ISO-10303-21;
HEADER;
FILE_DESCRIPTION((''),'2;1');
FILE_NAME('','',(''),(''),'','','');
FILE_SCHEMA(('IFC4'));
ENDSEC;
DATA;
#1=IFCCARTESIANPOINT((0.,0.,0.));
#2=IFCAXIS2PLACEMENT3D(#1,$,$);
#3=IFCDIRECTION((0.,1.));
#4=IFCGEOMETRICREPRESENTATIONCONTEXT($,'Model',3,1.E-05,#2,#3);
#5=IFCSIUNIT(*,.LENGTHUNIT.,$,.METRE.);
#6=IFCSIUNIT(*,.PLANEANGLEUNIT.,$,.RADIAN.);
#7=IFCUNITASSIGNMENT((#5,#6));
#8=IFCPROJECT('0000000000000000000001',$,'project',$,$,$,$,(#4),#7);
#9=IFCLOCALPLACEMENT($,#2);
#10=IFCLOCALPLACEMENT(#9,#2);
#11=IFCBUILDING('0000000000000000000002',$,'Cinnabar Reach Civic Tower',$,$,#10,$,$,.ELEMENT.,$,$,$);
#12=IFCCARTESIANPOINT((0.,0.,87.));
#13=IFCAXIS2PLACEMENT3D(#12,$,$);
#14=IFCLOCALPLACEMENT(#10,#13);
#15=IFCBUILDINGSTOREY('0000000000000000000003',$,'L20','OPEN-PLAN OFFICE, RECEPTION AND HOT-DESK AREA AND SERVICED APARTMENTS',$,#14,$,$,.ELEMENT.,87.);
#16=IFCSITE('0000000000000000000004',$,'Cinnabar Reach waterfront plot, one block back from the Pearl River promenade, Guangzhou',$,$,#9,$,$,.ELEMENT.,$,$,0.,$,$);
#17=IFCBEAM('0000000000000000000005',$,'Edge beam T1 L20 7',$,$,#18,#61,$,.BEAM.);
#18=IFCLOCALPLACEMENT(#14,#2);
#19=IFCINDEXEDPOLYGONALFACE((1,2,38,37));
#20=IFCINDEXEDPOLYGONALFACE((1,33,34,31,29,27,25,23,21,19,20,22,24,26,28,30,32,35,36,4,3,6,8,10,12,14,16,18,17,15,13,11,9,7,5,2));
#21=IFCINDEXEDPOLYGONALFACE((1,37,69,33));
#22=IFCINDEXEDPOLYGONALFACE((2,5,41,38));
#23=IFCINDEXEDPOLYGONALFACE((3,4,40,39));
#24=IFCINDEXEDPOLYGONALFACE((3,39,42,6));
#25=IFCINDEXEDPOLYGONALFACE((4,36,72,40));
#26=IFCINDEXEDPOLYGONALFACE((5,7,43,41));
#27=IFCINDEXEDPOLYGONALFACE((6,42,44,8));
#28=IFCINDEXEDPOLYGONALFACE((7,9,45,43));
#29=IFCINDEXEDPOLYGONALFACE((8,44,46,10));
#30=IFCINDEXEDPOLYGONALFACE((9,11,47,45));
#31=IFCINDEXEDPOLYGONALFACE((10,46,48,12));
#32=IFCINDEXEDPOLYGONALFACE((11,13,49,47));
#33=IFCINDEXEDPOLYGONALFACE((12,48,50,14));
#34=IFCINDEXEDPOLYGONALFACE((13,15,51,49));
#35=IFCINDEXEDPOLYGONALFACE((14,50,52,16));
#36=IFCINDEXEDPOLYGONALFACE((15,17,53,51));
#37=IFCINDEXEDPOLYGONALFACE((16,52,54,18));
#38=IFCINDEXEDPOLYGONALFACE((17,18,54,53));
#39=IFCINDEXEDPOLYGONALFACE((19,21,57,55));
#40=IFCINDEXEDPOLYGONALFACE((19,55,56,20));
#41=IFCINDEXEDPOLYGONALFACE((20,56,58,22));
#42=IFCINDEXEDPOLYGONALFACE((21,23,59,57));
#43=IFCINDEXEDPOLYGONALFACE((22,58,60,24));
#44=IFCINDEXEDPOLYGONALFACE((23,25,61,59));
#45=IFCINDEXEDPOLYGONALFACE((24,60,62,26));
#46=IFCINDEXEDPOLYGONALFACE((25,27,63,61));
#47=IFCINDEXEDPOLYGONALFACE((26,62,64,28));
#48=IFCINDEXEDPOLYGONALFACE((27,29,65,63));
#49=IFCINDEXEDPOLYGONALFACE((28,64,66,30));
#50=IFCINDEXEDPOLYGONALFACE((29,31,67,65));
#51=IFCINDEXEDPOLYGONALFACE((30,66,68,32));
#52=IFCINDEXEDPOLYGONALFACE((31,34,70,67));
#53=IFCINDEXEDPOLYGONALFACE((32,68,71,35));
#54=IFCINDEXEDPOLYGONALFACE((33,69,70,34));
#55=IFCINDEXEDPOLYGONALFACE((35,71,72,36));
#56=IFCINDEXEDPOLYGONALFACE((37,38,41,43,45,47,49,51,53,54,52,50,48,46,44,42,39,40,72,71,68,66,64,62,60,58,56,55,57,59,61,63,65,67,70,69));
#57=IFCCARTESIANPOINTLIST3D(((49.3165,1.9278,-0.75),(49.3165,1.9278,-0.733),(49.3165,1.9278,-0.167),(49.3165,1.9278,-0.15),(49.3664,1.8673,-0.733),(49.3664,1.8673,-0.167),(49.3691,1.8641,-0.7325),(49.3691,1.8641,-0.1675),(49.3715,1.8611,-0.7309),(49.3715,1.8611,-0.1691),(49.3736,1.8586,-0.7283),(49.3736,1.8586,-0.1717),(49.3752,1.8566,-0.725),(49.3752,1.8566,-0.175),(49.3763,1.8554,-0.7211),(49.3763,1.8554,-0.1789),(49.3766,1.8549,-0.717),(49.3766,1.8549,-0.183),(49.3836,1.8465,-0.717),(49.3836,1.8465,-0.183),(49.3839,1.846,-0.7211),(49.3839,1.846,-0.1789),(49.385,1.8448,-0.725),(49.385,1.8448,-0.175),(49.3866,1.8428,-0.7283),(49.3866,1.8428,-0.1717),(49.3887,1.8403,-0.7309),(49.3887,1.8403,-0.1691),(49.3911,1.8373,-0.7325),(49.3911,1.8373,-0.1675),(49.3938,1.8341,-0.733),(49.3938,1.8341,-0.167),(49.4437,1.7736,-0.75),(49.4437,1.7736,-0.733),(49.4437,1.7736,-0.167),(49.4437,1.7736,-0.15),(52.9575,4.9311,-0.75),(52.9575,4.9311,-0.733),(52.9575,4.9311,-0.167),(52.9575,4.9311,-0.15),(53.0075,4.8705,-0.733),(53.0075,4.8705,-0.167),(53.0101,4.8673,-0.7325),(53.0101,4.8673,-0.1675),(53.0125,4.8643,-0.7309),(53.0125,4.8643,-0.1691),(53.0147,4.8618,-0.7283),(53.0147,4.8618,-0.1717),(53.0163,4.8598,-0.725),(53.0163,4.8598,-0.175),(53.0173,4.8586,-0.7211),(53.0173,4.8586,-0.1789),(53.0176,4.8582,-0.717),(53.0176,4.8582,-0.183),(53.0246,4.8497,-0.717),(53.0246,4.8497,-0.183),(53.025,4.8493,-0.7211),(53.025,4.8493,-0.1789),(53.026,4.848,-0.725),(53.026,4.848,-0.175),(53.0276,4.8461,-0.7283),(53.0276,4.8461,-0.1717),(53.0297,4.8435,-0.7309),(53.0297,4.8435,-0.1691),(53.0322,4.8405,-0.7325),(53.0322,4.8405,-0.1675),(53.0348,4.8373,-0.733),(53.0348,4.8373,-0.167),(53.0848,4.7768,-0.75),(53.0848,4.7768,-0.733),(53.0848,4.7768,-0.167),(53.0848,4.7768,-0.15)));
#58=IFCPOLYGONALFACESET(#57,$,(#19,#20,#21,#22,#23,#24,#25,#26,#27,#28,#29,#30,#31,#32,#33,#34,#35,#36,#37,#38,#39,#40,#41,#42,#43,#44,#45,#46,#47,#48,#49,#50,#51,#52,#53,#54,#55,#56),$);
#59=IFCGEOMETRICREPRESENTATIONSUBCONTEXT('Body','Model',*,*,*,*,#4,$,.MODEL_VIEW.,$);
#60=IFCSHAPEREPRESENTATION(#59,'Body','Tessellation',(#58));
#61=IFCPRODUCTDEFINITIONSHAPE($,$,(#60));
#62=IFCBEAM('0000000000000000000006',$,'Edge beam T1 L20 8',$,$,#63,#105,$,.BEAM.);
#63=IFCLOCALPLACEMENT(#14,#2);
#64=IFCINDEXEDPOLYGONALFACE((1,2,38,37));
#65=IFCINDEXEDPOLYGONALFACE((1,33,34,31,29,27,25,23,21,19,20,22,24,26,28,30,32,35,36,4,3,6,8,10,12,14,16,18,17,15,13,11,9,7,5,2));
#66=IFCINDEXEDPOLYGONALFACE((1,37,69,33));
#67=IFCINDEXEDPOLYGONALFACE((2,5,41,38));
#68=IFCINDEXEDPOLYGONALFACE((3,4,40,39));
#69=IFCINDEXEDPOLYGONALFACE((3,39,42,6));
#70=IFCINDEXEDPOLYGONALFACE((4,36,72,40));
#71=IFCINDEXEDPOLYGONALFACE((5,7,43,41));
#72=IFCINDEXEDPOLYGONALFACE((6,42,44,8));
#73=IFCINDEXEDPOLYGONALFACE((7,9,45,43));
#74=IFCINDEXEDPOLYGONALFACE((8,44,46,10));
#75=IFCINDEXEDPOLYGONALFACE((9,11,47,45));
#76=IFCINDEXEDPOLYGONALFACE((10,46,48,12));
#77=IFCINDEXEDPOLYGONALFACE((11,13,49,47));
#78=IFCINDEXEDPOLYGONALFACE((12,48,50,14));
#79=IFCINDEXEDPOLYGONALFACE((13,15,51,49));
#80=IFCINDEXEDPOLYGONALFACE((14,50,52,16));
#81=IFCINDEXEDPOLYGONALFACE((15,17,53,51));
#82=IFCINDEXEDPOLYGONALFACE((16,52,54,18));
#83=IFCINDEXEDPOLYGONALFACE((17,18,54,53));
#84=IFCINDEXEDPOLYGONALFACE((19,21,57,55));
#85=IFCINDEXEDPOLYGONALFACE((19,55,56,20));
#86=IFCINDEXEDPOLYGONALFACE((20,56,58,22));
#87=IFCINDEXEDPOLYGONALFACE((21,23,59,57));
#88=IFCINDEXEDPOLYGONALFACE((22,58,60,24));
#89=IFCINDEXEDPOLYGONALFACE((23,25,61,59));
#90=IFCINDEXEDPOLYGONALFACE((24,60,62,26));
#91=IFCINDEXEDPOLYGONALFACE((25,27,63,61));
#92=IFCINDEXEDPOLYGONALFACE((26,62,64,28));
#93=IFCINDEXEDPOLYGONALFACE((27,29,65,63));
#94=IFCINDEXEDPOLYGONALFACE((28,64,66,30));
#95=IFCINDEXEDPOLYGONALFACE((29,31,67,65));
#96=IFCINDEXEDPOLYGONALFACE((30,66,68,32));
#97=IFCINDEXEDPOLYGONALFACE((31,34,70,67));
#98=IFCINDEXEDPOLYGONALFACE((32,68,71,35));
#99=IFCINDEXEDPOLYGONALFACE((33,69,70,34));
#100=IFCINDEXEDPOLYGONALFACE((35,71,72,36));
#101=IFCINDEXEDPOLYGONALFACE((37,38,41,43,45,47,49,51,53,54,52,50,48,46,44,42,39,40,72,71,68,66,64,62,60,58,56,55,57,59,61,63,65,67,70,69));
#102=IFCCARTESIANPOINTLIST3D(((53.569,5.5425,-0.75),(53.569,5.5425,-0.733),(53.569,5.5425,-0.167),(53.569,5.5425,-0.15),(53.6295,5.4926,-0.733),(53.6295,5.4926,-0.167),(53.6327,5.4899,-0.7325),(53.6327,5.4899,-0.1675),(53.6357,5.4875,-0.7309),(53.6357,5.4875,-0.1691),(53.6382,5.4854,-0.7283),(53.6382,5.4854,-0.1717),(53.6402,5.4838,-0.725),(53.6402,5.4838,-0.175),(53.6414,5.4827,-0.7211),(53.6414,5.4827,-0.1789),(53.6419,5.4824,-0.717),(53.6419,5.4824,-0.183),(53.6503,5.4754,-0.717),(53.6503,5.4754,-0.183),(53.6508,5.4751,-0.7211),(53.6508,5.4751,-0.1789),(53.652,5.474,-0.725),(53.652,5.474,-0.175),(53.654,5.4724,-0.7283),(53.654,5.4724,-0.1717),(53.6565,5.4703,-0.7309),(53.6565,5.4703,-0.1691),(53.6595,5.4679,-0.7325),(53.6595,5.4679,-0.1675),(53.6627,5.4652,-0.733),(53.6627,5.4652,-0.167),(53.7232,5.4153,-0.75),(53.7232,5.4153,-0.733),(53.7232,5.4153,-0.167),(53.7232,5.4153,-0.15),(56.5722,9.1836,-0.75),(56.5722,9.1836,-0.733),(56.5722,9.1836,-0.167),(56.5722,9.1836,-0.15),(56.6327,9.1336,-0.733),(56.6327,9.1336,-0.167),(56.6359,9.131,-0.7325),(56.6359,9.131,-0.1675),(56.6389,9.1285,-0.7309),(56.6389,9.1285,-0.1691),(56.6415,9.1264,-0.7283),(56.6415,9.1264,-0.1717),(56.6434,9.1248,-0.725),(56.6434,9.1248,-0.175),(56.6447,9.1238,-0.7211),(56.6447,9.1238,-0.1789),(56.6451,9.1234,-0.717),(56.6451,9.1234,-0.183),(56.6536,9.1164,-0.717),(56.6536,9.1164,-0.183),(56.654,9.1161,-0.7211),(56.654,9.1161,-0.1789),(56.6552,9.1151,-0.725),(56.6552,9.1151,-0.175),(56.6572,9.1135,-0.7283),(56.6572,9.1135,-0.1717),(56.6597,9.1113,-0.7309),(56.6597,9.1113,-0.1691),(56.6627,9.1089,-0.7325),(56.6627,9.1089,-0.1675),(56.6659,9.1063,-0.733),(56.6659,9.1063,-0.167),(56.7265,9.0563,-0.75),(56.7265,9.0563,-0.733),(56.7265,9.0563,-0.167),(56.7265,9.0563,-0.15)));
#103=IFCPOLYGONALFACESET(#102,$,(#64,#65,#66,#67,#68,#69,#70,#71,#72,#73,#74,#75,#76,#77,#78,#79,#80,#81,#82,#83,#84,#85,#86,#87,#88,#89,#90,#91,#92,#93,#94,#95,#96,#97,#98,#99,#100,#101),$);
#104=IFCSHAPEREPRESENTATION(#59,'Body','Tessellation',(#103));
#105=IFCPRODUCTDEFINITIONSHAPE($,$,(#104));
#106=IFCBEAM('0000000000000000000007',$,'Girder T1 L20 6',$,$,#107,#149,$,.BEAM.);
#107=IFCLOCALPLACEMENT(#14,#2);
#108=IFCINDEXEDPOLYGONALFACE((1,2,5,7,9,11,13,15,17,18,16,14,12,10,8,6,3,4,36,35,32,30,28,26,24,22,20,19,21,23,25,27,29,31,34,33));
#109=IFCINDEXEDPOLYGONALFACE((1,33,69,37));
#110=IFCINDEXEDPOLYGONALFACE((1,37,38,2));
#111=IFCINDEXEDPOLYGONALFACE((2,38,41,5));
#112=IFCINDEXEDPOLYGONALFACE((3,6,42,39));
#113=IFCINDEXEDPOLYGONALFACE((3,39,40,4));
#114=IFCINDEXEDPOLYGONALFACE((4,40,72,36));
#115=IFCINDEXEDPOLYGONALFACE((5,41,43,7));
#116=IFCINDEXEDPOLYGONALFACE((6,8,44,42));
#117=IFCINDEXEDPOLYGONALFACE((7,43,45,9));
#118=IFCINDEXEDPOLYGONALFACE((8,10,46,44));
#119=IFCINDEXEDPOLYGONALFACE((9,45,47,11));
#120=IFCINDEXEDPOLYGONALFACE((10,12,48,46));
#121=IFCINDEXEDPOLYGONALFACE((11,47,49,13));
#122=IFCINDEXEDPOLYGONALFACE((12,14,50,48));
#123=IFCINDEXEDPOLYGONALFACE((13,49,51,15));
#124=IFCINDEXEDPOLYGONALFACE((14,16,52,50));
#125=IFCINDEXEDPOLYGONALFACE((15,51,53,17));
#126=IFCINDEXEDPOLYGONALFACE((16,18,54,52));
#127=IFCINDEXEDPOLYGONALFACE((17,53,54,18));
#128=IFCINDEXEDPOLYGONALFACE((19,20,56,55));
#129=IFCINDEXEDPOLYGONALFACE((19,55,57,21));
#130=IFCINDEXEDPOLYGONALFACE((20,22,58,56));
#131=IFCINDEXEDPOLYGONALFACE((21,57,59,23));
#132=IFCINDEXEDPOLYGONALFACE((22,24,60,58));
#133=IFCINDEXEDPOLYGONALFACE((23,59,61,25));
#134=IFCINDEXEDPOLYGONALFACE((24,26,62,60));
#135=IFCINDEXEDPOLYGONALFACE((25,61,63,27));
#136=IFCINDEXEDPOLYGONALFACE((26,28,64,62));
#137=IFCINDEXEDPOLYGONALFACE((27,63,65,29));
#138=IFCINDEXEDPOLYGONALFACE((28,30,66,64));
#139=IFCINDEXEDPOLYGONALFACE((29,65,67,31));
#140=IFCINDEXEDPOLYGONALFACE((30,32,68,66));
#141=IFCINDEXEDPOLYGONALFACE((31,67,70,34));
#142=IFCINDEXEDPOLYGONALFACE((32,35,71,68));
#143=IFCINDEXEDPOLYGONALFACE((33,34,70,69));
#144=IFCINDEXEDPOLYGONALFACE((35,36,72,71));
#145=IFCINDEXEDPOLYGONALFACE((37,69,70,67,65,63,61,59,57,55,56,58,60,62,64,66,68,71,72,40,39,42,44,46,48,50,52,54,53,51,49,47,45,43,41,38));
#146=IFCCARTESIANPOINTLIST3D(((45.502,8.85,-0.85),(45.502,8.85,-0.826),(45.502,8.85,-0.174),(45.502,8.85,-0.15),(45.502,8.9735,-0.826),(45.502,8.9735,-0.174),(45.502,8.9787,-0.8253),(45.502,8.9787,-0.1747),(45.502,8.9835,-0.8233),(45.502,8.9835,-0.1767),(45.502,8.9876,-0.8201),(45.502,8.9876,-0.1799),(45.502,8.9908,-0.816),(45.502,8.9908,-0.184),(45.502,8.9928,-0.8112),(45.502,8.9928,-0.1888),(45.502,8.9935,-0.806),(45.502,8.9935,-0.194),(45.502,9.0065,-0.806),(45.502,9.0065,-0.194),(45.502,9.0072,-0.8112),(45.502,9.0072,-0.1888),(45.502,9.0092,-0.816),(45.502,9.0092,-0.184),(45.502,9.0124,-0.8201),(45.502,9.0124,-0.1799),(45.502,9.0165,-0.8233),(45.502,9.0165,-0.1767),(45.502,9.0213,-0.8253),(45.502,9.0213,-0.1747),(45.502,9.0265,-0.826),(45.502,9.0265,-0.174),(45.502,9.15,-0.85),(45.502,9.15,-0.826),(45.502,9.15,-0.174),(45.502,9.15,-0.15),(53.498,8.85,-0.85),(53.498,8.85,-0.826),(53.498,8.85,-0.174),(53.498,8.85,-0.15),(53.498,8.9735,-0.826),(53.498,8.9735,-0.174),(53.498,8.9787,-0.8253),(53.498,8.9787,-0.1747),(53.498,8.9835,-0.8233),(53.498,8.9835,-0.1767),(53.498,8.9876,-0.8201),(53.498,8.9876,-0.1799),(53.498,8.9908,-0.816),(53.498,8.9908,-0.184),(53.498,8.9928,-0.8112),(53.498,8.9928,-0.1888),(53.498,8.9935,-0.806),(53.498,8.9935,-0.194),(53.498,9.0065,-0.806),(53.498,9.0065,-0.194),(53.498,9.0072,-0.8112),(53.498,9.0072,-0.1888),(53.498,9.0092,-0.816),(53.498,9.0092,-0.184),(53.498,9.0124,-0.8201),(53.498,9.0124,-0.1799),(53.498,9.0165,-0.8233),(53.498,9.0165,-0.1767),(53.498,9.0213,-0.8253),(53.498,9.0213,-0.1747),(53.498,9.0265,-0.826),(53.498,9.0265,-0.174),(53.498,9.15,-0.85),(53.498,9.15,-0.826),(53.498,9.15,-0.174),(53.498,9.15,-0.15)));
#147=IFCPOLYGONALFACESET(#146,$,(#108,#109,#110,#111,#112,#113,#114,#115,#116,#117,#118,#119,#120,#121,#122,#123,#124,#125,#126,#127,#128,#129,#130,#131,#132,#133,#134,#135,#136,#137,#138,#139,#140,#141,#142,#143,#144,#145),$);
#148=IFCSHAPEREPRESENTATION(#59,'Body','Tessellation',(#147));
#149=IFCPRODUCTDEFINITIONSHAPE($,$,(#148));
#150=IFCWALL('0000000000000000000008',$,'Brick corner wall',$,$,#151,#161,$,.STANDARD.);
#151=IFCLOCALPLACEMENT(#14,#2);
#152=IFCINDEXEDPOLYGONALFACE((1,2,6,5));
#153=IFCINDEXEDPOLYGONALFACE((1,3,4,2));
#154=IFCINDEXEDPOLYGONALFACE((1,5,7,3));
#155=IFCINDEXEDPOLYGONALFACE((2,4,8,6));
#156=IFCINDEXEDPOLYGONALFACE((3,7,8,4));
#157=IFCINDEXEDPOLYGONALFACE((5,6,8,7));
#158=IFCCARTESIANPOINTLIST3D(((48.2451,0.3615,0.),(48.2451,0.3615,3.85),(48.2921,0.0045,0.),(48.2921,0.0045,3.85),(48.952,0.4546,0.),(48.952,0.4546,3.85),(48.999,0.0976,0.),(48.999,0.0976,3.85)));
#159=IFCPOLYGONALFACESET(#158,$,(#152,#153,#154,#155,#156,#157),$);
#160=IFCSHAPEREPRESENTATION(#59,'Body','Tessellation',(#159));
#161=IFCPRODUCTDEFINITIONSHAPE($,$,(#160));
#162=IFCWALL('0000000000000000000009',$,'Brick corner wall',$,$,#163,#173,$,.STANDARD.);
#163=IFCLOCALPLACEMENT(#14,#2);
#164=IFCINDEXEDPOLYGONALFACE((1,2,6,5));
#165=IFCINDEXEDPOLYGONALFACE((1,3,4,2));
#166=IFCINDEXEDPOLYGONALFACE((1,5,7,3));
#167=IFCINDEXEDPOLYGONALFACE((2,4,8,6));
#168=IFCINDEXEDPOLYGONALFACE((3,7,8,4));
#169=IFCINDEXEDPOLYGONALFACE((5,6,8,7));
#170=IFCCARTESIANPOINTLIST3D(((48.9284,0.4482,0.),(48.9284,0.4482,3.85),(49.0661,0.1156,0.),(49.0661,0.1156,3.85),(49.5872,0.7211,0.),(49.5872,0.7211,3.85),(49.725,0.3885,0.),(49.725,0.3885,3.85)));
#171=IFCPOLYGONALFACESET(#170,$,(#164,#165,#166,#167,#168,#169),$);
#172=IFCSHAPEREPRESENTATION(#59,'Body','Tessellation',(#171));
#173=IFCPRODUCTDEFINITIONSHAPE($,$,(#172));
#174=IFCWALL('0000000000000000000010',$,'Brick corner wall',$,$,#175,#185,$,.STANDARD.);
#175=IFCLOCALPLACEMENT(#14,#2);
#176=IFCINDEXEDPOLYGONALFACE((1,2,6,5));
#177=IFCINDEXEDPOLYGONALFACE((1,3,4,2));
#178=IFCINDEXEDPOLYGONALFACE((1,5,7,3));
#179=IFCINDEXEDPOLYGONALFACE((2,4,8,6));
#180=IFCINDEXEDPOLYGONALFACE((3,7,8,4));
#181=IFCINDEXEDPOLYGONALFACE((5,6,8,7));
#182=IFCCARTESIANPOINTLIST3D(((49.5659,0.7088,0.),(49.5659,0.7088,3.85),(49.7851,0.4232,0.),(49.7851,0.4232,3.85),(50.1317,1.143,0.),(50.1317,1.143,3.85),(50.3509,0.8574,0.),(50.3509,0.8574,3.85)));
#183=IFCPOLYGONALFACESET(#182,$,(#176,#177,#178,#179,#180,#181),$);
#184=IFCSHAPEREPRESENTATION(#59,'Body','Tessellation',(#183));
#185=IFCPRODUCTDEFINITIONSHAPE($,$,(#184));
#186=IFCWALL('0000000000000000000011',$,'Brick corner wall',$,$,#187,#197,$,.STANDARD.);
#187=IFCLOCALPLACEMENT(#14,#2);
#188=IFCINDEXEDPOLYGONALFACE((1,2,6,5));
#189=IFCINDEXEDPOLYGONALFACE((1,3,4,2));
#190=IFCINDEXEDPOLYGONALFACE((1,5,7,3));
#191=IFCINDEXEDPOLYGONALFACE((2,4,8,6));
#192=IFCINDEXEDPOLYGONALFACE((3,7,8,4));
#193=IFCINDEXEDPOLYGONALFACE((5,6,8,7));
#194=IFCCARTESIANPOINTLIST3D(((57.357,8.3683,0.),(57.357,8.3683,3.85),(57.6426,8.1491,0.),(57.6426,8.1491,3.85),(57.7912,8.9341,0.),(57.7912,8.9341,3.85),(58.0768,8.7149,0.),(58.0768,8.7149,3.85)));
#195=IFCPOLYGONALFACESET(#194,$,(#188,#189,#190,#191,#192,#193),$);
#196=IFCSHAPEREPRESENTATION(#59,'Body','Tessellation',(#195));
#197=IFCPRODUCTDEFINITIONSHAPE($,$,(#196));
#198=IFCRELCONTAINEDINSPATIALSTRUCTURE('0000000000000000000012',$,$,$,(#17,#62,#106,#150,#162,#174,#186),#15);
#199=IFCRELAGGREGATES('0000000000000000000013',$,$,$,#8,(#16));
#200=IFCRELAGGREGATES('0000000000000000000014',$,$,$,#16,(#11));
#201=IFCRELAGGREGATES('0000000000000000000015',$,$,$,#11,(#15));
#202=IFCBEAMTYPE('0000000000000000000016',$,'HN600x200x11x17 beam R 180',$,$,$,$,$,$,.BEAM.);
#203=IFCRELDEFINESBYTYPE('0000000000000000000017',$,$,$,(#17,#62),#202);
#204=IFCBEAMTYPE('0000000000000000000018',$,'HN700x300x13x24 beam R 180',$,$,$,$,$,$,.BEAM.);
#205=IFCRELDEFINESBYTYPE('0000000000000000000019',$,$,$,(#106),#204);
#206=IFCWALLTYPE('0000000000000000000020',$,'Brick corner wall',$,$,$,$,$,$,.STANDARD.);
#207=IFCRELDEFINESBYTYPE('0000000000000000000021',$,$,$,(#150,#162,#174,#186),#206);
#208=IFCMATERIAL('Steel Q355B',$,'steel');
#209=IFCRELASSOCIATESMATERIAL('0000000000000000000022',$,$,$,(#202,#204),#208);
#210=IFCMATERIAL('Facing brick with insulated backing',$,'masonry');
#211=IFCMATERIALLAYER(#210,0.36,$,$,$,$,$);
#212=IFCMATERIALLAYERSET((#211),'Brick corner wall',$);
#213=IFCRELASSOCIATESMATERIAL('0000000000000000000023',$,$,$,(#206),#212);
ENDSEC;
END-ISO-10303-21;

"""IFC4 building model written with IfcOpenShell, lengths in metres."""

from ifc_helpers import new_model, si_unit, direction, frame, frame_2d, origin, origin_2d, place, context, subcontext, project, spatial, rectangle, i_section, extrude, material, layer, layer_set, material_profile, profile_set, type_object, element, save


model = new_model("IFC4")

# Units and contexts
model_context = context("Model", 3, precision=1e-05, world=origin(), true_north=direction((0.0, 1.0)))
body_context = subcontext(model_context, "Body", "Model", "MODEL_VIEW")
ifc_project = project(units=[si_unit("LENGTHUNIT", "METRE"), si_unit("PLANEANGLEUNIT", "RADIAN")], contexts=[model_context])

# Site, building, storey
site_placement = place(None, origin())
site = spatial("IfcSite", under=ifc_project, at=site_placement, Name="Cinnabar Reach waterfront plot, one block back from the Pearl River promenade, Guangzhou", CompositionType="ELEMENT", RefElevation=0.0)
building_placement = place(site_placement, origin())
building = spatial("IfcBuilding", under=site, at=building_placement, Name="Cinnabar Reach Civic Tower", CompositionType="ELEMENT")
storey_placement = place(building_placement, frame((0.0, 0.0, 87.0)))
storey = spatial("IfcBuildingStorey", under=building, at=storey_placement, Name="L20", Description="OPEN-PLAN OFFICE, RECEPTION AND HOT-DESK AREA AND SERVICED APARTMENTS", CompositionType="ELEMENT", Elevation=87.0)

# Beams
ifc_material_1 = material(Name="Steel Q355B", Category="steel")
ifc_material_profile_1 = material_profile(ifc_material_1, i_section(OverallWidth=0.2, OverallDepth=0.6, WebThickness=0.011, FlangeThickness=0.017, FilletRadius=0.016, at=origin_2d()), Name="HN600x200x11x17")
ifc_profile_set_1 = profile_set([ifc_material_profile_1], Name="Steel Q355B")
beam_type_1 = type_object("IfcBeamType", Name="HN600x200x11x17 beam R 180", PredefinedType="BEAM", material=ifc_profile_set_1)
for number, where, z_axis, x_axis, name in (
    (1, (49.3801, 1.8507, -0.45), (0.771438, 0.636304, 0.0), (-0.636304, 0.771438, 0.0), "Edge beam T1 L20 7"),
    (2, (53.6461, 5.4789, -0.45), (0.636304, 0.771438, 0.0), (-0.771438, 0.636304, 0.0), "Edge beam T1 L20 8"),
):
    element("IfcBeam", number, at=place(storey_placement, frame(where, z_axis=z_axis, x_axis=x_axis)), inside=storey, type_object=beam_type_1, Name=name, PredefinedType="BEAM", context=body_context, shape_type="SweptSolid", body=[
        extrude(i_section(OverallWidth=0.2, OverallDepth=0.6, WebThickness=0.011, FlangeThickness=0.017, FilletRadius=0.016, at=origin_2d()), origin(), (0.0, 0.0, 1.0), 4.7198),
    ])
ifc_material_profile_2 = material_profile(ifc_material_1, i_section(OverallWidth=0.3, OverallDepth=0.7, WebThickness=0.013, FlangeThickness=0.024, FilletRadius=0.02, at=origin_2d()), Name="HN700x300x13x24")
ifc_profile_set_2 = profile_set([ifc_material_profile_2], Name="Steel Q355B")
beam_type_2 = type_object("IfcBeamType", Name="HN700x300x13x24 beam R 180", PredefinedType="BEAM", material=ifc_profile_set_2)
beam_1_placement = place(storey_placement, frame((45.502, 9.0, -0.5), z_axis=(1.0, 0.0, 0.0), x_axis=(0.0, 1.0, 0.0)))
element("IfcBeam", 3, at=beam_1_placement, inside=storey, type_object=beam_type_2, Name="Girder T1 L20 6", PredefinedType="BEAM", context=body_context, shape_type="SweptSolid", body=[
    extrude(i_section(OverallWidth=0.3, OverallDepth=0.7, WebThickness=0.013, FlangeThickness=0.024, FilletRadius=0.02, at=origin_2d()), origin(), (0.0, 0.0, 1.0), 7.996),
])

# Walls
ifc_material_2 = material(Name="Facing brick with insulated backing", Category="masonry")
ifc_layer_1 = layer(ifc_material_2, 0.36)
ifc_layer_set_1 = layer_set([ifc_layer_1], Name="Brick corner wall")
wall_type_1 = type_object("IfcWallType", Name="Brick corner wall", PredefinedType="STANDARD", material=ifc_layer_set_1)
for number, where, z_axis, x_axis, name in (
    (4, (48.2686, 0.183, 0.0), (0.0, 0.0, 1.0), (0.991441, 0.130556, 0.0), "Brick corner wall"),
    (5, (48.9973, 0.2819, 0.0), (0.0, 0.0, 1.0), (0.923872, 0.382703, 0.0), "Brick corner wall"),
):
    element("IfcWall", number, at=place(storey_placement, frame(where, z_axis=z_axis, x_axis=x_axis)), inside=storey, type_object=wall_type_1, Name=name, PredefinedType="STANDARD", context=body_context, shape_type="SweptSolid", body=[
        extrude(rectangle(XDim=0.7131, YDim=0.36, at=frame_2d((0.3565, 0.0))), origin(), (0.0, 0.0, 1.0), 3.85),
    ])
for number, where, z_axis, x_axis, name in (
    (6, (49.6755, 0.566, 0.0), (0.0, 0.0, 1.0), (0.793322, 0.608802, 0.0), "Brick corner wall"),
    (7, (57.4998, 8.2587, 0.0), (0.0, 0.0, 1.0), (0.608802, 0.793322, 0.0), "Brick corner wall"),
):
    element("IfcWall", number, at=place(storey_placement, frame(where, z_axis=z_axis, x_axis=x_axis)), inside=storey, type_object=wall_type_1, Name=name, PredefinedType="STANDARD", context=body_context, shape_type="SweptSolid", body=[
        extrude(rectangle(XDim=0.7132, YDim=0.36, at=frame_2d((0.3566, 0.0))), origin(), (0.0, 0.0, 1.0), 3.85),
    ])

save(model, "model.ifc")
